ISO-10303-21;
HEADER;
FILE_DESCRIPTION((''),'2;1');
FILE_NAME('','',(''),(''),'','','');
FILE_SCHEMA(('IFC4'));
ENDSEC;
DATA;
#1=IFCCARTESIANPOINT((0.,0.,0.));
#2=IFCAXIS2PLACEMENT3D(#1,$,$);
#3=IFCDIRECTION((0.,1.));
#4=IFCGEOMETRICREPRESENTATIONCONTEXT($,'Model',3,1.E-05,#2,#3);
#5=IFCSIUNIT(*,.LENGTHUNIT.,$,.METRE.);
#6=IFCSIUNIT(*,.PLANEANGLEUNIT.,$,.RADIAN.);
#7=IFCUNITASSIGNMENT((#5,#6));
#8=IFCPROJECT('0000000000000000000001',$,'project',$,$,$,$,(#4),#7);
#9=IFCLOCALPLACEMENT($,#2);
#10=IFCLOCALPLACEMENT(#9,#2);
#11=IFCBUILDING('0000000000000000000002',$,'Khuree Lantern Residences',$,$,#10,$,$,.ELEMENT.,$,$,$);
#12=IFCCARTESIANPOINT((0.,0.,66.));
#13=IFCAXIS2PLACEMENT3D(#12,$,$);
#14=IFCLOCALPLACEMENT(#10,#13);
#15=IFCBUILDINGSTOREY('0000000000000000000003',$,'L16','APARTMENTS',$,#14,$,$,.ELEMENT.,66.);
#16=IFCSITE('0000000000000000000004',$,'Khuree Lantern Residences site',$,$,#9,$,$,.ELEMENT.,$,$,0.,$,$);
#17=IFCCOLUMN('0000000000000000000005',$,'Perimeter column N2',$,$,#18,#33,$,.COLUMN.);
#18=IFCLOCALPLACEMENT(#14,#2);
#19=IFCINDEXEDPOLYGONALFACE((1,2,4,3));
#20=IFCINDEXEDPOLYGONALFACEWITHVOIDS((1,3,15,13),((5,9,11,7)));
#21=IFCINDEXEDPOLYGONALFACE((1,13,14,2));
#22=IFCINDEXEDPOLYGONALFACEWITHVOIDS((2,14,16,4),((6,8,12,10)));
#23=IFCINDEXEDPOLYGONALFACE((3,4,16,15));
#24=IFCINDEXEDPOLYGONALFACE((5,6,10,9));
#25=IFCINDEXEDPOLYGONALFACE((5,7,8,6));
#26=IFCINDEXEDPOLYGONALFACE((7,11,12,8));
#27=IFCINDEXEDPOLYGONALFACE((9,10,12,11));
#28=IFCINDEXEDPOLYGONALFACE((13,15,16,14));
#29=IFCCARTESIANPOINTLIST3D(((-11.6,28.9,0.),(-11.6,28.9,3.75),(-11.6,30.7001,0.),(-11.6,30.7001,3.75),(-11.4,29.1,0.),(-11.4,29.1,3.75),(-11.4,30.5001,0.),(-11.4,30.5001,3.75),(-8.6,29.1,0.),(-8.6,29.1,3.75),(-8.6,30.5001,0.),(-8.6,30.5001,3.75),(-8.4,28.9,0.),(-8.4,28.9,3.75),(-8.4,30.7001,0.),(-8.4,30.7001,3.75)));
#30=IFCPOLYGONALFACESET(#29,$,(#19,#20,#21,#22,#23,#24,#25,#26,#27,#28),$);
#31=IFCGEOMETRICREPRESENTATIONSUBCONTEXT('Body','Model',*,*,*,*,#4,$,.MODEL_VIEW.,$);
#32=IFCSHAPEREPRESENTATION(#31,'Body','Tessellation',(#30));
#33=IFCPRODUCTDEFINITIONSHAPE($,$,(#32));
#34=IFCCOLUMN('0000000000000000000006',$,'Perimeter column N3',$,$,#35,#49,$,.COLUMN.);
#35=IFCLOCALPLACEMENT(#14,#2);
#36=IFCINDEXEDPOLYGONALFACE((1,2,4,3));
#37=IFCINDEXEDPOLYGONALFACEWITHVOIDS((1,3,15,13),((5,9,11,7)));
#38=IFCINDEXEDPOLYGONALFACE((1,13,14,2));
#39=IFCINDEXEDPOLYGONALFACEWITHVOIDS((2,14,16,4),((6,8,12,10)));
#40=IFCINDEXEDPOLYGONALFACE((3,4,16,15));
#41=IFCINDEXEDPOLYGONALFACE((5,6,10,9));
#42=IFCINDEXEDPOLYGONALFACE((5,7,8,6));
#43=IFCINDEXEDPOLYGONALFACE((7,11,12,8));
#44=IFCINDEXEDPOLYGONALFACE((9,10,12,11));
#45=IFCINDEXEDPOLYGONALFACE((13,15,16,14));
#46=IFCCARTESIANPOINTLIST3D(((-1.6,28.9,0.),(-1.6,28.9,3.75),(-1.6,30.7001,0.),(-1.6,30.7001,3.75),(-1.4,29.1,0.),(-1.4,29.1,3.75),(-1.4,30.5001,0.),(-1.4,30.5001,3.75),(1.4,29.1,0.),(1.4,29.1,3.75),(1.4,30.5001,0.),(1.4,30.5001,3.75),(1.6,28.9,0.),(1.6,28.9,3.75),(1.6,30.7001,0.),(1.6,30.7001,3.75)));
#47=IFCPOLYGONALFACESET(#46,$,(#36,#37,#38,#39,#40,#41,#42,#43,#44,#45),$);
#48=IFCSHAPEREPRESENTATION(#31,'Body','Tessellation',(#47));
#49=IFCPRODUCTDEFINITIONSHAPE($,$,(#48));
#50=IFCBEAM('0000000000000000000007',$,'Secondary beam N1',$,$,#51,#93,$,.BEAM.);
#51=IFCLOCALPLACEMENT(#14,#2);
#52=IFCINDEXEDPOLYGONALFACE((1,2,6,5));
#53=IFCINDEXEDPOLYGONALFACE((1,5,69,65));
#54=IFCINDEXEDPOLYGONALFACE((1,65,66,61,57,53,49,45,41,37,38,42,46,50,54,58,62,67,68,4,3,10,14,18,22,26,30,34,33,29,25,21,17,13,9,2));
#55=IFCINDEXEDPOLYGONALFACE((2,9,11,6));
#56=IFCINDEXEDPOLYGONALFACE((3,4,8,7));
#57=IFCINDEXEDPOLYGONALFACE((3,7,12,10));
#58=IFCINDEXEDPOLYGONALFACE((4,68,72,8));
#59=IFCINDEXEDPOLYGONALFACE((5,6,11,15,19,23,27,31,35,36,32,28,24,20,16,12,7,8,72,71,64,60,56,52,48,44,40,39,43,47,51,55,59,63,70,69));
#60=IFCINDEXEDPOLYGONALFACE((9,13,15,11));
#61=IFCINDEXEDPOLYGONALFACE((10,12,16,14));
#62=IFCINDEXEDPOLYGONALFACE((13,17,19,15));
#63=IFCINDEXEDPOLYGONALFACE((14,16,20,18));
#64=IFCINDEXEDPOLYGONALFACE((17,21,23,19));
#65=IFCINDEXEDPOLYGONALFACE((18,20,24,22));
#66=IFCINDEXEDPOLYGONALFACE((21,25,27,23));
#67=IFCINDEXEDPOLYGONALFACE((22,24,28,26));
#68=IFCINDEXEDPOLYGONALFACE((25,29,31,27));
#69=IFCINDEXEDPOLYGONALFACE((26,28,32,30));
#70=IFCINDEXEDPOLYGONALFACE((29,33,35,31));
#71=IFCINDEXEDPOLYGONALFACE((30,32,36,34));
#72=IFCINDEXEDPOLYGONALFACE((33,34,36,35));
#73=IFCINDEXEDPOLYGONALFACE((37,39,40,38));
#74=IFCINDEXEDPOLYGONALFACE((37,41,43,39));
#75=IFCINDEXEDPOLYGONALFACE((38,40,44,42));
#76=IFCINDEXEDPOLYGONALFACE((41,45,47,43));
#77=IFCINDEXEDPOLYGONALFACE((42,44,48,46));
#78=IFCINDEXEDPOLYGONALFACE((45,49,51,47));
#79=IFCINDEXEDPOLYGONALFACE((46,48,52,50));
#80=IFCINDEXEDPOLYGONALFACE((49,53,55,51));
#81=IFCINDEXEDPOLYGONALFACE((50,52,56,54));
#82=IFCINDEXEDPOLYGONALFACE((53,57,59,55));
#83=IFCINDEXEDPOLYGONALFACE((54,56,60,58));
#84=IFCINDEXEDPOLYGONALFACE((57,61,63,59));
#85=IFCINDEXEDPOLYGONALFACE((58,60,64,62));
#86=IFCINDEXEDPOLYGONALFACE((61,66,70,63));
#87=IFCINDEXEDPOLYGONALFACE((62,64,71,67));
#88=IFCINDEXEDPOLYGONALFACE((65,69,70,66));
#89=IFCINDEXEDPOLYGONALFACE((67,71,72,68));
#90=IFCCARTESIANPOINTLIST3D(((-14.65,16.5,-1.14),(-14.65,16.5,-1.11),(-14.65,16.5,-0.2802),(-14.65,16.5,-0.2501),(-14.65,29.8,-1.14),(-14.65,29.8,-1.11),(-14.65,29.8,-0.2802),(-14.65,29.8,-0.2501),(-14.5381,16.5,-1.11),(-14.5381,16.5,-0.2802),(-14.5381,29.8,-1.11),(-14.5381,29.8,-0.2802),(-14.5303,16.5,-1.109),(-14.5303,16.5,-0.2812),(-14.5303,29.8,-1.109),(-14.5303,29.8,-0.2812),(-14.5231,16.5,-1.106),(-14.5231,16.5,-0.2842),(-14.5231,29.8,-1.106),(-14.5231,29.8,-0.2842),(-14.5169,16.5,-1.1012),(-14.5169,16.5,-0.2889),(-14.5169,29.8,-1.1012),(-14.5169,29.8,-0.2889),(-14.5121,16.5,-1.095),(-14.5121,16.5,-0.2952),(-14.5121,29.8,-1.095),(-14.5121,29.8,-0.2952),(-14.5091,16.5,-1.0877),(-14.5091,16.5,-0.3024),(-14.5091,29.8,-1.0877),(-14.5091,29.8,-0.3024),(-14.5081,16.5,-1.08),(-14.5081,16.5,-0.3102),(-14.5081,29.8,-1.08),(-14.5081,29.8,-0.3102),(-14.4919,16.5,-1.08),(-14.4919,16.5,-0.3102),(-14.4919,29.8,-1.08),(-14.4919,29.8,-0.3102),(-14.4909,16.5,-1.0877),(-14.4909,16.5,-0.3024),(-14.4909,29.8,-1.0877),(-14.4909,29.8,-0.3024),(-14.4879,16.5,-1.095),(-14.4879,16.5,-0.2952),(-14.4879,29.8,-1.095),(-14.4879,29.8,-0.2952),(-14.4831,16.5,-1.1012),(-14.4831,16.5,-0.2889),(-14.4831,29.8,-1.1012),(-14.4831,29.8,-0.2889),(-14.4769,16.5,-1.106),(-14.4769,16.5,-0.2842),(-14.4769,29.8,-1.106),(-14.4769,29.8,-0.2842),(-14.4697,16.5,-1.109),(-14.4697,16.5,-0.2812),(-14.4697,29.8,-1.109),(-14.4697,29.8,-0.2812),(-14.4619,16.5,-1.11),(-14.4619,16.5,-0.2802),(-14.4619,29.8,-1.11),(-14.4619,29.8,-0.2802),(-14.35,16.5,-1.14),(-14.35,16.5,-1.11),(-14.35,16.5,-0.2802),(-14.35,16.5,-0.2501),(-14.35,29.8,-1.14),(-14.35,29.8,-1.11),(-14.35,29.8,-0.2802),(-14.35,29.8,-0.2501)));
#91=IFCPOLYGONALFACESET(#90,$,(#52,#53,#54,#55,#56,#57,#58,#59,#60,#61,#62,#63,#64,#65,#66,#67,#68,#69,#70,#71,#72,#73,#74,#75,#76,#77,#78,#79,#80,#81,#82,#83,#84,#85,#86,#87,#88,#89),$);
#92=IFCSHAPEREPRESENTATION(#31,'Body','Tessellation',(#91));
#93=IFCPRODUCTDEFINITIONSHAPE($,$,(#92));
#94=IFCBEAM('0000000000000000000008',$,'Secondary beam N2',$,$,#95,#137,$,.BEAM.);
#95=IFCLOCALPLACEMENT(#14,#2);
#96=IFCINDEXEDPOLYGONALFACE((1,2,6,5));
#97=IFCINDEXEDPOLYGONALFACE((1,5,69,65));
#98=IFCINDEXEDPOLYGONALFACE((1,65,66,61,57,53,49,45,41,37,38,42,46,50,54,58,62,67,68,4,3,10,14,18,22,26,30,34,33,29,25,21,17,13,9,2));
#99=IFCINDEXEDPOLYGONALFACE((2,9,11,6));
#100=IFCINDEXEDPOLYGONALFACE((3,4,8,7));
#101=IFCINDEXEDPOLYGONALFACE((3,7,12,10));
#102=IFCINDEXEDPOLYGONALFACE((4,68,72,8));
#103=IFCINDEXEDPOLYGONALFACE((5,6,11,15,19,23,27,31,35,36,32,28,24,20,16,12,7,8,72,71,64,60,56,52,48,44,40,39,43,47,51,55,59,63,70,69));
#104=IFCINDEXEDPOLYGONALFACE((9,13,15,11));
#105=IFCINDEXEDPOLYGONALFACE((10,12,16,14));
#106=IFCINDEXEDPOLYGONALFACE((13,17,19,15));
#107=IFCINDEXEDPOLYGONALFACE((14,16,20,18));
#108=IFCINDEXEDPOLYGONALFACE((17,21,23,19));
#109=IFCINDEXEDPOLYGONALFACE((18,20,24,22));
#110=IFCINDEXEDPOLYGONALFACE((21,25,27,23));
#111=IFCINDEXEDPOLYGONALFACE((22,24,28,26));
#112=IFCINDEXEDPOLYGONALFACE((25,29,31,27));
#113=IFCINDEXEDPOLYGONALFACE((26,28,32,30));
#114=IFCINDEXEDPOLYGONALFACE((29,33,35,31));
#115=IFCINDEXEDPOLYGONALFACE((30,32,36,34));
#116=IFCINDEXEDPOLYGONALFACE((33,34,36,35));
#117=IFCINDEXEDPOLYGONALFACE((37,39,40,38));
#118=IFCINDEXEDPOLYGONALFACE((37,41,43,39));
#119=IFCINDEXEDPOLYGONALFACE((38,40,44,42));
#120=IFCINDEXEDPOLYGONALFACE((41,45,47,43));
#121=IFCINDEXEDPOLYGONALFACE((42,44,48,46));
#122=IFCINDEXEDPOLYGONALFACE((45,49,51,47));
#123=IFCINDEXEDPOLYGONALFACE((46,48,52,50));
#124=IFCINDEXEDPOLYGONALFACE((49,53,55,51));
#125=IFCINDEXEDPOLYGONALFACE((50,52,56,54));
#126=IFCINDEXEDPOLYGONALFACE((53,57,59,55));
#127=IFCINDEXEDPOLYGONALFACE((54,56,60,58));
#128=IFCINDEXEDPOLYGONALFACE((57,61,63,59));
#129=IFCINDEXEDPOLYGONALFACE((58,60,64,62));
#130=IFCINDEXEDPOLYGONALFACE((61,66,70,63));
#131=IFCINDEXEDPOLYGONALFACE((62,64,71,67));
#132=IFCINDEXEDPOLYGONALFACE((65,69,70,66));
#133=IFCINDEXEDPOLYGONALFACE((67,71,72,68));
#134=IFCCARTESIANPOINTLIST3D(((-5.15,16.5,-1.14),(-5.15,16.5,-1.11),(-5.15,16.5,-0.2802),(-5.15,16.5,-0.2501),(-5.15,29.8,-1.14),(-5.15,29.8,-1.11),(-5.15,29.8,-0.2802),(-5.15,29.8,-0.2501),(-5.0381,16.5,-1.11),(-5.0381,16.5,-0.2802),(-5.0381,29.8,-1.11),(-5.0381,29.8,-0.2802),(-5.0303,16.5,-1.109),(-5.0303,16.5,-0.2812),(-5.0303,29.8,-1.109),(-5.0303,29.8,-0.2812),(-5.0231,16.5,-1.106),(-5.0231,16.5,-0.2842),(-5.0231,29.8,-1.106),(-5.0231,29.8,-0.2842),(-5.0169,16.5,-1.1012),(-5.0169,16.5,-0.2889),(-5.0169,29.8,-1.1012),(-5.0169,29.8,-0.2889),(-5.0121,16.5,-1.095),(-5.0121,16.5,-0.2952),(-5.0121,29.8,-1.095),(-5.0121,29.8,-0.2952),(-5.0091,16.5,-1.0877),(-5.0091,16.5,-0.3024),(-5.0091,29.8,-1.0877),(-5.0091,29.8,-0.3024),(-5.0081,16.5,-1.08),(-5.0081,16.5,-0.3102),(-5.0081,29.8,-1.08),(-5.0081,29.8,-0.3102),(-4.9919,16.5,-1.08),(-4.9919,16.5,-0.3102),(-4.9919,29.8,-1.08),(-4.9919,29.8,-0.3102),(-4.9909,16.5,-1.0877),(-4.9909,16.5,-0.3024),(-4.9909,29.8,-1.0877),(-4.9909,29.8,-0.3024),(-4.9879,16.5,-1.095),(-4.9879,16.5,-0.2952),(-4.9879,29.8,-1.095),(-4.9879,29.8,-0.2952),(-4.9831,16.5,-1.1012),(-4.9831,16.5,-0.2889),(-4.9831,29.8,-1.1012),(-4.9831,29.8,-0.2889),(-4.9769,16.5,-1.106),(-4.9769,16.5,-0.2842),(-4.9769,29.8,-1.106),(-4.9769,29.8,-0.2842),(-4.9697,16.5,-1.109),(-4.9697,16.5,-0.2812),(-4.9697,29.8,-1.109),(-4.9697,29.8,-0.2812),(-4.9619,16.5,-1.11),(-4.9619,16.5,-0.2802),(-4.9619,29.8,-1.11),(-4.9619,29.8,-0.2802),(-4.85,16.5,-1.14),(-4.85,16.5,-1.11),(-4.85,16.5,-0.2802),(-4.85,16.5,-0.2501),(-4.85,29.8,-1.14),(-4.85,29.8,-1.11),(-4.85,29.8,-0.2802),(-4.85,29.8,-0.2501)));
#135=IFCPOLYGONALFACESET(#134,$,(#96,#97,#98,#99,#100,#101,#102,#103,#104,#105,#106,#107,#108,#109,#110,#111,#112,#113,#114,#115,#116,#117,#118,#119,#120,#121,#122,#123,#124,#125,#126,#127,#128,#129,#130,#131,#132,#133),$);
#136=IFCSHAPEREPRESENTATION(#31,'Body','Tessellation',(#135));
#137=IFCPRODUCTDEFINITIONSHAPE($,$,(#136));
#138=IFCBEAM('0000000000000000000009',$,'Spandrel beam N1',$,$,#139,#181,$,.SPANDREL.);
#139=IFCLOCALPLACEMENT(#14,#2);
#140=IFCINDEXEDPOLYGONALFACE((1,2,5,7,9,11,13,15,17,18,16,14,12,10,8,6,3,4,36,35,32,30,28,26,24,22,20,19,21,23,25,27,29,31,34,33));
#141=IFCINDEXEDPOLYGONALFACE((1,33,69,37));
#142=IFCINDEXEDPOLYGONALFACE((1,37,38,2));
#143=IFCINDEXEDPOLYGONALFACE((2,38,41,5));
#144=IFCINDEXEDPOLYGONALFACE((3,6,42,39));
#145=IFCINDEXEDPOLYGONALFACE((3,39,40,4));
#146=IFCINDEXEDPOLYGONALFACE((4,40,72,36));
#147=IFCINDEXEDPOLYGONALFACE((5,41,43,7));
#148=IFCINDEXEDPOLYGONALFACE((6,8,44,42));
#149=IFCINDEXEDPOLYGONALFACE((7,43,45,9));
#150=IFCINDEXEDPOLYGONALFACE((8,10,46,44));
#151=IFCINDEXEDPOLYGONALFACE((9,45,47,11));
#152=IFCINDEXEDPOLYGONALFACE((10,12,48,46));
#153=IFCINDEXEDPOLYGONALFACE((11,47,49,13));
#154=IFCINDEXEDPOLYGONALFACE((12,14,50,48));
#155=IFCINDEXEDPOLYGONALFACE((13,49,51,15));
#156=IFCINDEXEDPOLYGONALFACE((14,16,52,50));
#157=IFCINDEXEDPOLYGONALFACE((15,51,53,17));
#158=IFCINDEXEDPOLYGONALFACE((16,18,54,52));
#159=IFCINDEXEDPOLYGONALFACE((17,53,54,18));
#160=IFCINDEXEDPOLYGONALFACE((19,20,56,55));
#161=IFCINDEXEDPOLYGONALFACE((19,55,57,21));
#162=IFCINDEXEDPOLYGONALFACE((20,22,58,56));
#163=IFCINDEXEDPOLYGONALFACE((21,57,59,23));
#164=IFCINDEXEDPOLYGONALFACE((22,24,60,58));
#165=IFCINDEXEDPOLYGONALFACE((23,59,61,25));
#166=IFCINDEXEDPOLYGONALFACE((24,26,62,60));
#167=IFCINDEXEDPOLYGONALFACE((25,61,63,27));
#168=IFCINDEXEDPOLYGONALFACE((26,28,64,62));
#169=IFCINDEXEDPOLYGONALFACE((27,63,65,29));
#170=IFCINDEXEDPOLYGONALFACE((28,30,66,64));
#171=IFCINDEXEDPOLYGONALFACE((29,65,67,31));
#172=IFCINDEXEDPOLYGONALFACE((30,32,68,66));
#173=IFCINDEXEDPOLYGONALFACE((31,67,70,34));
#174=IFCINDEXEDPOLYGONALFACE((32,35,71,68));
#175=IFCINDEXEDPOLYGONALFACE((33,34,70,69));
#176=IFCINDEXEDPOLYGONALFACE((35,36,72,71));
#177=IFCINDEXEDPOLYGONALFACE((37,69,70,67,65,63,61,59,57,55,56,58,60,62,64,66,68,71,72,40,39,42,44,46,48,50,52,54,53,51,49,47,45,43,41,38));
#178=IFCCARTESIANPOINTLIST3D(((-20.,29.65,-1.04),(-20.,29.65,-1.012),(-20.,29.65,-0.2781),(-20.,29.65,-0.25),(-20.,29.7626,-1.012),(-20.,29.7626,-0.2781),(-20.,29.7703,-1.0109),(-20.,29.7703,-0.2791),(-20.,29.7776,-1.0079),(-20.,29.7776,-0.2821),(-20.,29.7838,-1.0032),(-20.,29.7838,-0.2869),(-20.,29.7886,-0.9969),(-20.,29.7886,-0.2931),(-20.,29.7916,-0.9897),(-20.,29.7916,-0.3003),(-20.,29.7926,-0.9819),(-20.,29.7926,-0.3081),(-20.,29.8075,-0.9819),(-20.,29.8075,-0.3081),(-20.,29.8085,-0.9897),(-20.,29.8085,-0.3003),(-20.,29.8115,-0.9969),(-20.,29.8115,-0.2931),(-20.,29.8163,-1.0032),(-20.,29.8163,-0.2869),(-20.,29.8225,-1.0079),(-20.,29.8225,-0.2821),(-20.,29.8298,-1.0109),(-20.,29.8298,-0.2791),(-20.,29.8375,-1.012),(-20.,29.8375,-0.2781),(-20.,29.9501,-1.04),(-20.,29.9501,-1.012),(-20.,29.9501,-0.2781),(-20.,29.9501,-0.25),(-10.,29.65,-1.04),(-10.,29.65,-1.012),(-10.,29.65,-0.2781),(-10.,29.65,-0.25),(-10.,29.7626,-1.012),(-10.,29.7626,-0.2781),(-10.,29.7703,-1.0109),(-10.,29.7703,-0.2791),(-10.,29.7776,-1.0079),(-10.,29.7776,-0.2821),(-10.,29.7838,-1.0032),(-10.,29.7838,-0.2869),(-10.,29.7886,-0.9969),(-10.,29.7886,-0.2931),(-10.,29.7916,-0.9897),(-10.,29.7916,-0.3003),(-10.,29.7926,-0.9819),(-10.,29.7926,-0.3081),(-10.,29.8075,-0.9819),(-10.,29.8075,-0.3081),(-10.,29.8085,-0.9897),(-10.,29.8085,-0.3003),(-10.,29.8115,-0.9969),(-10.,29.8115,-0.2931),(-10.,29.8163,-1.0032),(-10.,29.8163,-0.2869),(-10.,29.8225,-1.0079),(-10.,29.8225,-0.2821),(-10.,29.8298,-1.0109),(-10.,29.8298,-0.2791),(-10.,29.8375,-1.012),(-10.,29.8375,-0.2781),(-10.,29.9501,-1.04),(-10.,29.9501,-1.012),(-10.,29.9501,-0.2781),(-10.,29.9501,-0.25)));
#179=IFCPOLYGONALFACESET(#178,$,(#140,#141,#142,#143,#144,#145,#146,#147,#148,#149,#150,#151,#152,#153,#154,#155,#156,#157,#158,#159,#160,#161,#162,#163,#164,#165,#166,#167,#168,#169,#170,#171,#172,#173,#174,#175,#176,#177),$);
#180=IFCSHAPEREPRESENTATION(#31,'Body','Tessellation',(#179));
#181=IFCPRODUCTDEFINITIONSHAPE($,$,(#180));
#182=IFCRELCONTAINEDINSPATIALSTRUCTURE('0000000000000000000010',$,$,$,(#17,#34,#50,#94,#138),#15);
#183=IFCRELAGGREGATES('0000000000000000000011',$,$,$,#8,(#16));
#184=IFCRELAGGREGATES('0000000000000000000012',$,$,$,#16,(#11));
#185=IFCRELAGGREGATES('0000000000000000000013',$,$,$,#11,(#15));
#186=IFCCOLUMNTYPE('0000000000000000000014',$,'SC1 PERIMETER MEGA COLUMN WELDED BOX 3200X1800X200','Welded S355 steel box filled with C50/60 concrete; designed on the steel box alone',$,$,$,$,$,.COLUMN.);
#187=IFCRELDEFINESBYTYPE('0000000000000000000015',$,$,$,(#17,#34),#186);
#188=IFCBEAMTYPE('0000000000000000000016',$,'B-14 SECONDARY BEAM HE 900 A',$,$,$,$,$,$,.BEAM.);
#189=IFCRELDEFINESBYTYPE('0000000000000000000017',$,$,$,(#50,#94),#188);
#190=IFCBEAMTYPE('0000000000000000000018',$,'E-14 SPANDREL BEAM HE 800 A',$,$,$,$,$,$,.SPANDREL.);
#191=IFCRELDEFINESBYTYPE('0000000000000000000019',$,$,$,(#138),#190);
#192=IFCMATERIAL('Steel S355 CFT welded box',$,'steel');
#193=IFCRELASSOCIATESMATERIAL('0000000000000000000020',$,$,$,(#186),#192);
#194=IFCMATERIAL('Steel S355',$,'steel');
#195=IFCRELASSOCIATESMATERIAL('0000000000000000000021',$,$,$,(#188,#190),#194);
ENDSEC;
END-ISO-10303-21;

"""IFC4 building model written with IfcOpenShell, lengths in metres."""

from ifc_helpers import new_model, si_unit, direction, frame, origin, origin_2d, place, context, subcontext, project, spatial, hollow_rectangle, i_section, extrude, material, material_profile, profile_set, type_object, element, save


model = new_model("IFC4")

# Units and contexts
model_context = context("Model", 3, precision=1e-05, world=origin(), true_north=direction((0.0, 1.0)))
body_context = subcontext(model_context, "Body", "Model", "MODEL_VIEW")
ifc_project = project(units=[si_unit("LENGTHUNIT", "METRE"), si_unit("PLANEANGLEUNIT", "RADIAN")], contexts=[model_context])

# Site, building, storey
site_placement = place(None, origin())
site = spatial("IfcSite", under=ifc_project, at=site_placement, Name="Khuree Lantern Residences site", CompositionType="ELEMENT", RefElevation=0.0)
building_placement = place(site_placement, origin())
building = spatial("IfcBuilding", under=site, at=building_placement, Name="Khuree Lantern Residences", CompositionType="ELEMENT")
storey_placement = place(building_placement, frame((0.0, 0.0, 66.0)))
storey = spatial("IfcBuildingStorey", under=building, at=storey_placement, Name="L16", Description="APARTMENTS", CompositionType="ELEMENT", Elevation=66.0)

# Columns
ifc_material_1 = material(Name="Steel S355 CFT welded box", Category="steel")
ifc_material_profile_1 = material_profile(ifc_material_1, hollow_rectangle(XDim=3.2, YDim=1.8, WallThickness=0.2, at=origin_2d()), Name="WELDED BOX 3200X1800X200")
ifc_profile_set_1 = profile_set([ifc_material_profile_1], Name="Steel S355 CFT welded box")
column_type = type_object("IfcColumnType", Name="SC1 PERIMETER MEGA COLUMN WELDED BOX 3200X1800X200", Description="Welded S355 steel box filled with C50/60 concrete; designed on the steel box alone", PredefinedType="COLUMN", material=ifc_profile_set_1)
for number, where, z_axis, x_axis, name in (
    (1, (-10.0, 29.8, 0.0), (0.0, 0.0, 1.0), (1.0, 0.0, 0.0), "Perimeter column N2"),
    (2, (0.0, 29.8, 0.0), (0.0, 0.0, 1.0), (1.0, 0.0, 0.0), "Perimeter column N3"),
):
    element("IfcColumn", number, at=place(storey_placement, frame(where, z_axis=z_axis, x_axis=x_axis)), inside=storey, type_object=column_type, Name=name, PredefinedType="COLUMN", context=body_context, shape_type="SweptSolid", body=[
        extrude(hollow_rectangle(XDim=3.2, YDim=1.8, WallThickness=0.2, at=origin_2d()), origin(), (0.0, 0.0, 1.0), 3.75),
    ])

# Beams
ifc_material_2 = material(Name="Steel S355", Category="steel")
ifc_material_profile_2 = material_profile(ifc_material_2, i_section(OverallWidth=0.3, OverallDepth=0.8899, WebThickness=0.0161, FlangeThickness=0.03, FilletRadius=0.03, at=origin_2d()), Name="HE 900 A")
ifc_profile_set_2 = profile_set([ifc_material_profile_2], Name="Steel S355")
beam_type_1 = type_object("IfcBeamType", Name="B-14 SECONDARY BEAM HE 900 A", PredefinedType="BEAM", material=ifc_profile_set_2)
for number, where, z_axis, x_axis, name in (
    (3, (-14.5, 29.8, -0.6951), (0.0, -1.0, 0.0), (1.0, 0.0, 0.0), "Secondary beam N1"),
    (4, (-5.0, 29.8, -0.6951), (0.0, -1.0, 0.0), (1.0, 0.0, 0.0), "Secondary beam N2"),
):
    element("IfcBeam", number, at=place(storey_placement, frame(where, z_axis=z_axis, x_axis=x_axis)), inside=storey, type_object=beam_type_1, Name=name, PredefinedType="BEAM", context=body_context, shape_type="SweptSolid", body=[
        extrude(i_section(OverallWidth=0.3, OverallDepth=0.8899, WebThickness=0.0161, FlangeThickness=0.03, FilletRadius=0.03, at=origin_2d()), origin(), (0.0, 0.0, 1.0), 13.3),
    ])
ifc_material_profile_3 = material_profile(ifc_material_2, i_section(OverallWidth=0.3, OverallDepth=0.79, WebThickness=0.0149, FlangeThickness=0.0281, FilletRadius=0.03, at=origin_2d()), Name="HE 800 A")
ifc_profile_set_3 = profile_set([ifc_material_profile_3], Name="Steel S355")
beam_type_2 = type_object("IfcBeamType", Name="E-14 SPANDREL BEAM HE 800 A", PredefinedType="SPANDREL", material=ifc_profile_set_3)
for number, where, z_axis, x_axis, name in (
    (5, (-20.0, 29.8, -0.645), (1.0, 0.0, 0.0), (0.0, 1.0, 0.0), "Spandrel beam N1"),
):
    element("IfcBeam", number, at=place(storey_placement, frame(where, z_axis=z_axis, x_axis=x_axis)), inside=storey, type_object=beam_type_2, Name=name, PredefinedType="SPANDREL", context=body_context, shape_type="SweptSolid", body=[
        extrude(i_section(OverallWidth=0.3, OverallDepth=0.79, WebThickness=0.0149, FlangeThickness=0.0281, FilletRadius=0.03, at=origin_2d()), origin(), (0.0, 0.0, 1.0), 10.0),
    ])

save(model, "model.ifc")
